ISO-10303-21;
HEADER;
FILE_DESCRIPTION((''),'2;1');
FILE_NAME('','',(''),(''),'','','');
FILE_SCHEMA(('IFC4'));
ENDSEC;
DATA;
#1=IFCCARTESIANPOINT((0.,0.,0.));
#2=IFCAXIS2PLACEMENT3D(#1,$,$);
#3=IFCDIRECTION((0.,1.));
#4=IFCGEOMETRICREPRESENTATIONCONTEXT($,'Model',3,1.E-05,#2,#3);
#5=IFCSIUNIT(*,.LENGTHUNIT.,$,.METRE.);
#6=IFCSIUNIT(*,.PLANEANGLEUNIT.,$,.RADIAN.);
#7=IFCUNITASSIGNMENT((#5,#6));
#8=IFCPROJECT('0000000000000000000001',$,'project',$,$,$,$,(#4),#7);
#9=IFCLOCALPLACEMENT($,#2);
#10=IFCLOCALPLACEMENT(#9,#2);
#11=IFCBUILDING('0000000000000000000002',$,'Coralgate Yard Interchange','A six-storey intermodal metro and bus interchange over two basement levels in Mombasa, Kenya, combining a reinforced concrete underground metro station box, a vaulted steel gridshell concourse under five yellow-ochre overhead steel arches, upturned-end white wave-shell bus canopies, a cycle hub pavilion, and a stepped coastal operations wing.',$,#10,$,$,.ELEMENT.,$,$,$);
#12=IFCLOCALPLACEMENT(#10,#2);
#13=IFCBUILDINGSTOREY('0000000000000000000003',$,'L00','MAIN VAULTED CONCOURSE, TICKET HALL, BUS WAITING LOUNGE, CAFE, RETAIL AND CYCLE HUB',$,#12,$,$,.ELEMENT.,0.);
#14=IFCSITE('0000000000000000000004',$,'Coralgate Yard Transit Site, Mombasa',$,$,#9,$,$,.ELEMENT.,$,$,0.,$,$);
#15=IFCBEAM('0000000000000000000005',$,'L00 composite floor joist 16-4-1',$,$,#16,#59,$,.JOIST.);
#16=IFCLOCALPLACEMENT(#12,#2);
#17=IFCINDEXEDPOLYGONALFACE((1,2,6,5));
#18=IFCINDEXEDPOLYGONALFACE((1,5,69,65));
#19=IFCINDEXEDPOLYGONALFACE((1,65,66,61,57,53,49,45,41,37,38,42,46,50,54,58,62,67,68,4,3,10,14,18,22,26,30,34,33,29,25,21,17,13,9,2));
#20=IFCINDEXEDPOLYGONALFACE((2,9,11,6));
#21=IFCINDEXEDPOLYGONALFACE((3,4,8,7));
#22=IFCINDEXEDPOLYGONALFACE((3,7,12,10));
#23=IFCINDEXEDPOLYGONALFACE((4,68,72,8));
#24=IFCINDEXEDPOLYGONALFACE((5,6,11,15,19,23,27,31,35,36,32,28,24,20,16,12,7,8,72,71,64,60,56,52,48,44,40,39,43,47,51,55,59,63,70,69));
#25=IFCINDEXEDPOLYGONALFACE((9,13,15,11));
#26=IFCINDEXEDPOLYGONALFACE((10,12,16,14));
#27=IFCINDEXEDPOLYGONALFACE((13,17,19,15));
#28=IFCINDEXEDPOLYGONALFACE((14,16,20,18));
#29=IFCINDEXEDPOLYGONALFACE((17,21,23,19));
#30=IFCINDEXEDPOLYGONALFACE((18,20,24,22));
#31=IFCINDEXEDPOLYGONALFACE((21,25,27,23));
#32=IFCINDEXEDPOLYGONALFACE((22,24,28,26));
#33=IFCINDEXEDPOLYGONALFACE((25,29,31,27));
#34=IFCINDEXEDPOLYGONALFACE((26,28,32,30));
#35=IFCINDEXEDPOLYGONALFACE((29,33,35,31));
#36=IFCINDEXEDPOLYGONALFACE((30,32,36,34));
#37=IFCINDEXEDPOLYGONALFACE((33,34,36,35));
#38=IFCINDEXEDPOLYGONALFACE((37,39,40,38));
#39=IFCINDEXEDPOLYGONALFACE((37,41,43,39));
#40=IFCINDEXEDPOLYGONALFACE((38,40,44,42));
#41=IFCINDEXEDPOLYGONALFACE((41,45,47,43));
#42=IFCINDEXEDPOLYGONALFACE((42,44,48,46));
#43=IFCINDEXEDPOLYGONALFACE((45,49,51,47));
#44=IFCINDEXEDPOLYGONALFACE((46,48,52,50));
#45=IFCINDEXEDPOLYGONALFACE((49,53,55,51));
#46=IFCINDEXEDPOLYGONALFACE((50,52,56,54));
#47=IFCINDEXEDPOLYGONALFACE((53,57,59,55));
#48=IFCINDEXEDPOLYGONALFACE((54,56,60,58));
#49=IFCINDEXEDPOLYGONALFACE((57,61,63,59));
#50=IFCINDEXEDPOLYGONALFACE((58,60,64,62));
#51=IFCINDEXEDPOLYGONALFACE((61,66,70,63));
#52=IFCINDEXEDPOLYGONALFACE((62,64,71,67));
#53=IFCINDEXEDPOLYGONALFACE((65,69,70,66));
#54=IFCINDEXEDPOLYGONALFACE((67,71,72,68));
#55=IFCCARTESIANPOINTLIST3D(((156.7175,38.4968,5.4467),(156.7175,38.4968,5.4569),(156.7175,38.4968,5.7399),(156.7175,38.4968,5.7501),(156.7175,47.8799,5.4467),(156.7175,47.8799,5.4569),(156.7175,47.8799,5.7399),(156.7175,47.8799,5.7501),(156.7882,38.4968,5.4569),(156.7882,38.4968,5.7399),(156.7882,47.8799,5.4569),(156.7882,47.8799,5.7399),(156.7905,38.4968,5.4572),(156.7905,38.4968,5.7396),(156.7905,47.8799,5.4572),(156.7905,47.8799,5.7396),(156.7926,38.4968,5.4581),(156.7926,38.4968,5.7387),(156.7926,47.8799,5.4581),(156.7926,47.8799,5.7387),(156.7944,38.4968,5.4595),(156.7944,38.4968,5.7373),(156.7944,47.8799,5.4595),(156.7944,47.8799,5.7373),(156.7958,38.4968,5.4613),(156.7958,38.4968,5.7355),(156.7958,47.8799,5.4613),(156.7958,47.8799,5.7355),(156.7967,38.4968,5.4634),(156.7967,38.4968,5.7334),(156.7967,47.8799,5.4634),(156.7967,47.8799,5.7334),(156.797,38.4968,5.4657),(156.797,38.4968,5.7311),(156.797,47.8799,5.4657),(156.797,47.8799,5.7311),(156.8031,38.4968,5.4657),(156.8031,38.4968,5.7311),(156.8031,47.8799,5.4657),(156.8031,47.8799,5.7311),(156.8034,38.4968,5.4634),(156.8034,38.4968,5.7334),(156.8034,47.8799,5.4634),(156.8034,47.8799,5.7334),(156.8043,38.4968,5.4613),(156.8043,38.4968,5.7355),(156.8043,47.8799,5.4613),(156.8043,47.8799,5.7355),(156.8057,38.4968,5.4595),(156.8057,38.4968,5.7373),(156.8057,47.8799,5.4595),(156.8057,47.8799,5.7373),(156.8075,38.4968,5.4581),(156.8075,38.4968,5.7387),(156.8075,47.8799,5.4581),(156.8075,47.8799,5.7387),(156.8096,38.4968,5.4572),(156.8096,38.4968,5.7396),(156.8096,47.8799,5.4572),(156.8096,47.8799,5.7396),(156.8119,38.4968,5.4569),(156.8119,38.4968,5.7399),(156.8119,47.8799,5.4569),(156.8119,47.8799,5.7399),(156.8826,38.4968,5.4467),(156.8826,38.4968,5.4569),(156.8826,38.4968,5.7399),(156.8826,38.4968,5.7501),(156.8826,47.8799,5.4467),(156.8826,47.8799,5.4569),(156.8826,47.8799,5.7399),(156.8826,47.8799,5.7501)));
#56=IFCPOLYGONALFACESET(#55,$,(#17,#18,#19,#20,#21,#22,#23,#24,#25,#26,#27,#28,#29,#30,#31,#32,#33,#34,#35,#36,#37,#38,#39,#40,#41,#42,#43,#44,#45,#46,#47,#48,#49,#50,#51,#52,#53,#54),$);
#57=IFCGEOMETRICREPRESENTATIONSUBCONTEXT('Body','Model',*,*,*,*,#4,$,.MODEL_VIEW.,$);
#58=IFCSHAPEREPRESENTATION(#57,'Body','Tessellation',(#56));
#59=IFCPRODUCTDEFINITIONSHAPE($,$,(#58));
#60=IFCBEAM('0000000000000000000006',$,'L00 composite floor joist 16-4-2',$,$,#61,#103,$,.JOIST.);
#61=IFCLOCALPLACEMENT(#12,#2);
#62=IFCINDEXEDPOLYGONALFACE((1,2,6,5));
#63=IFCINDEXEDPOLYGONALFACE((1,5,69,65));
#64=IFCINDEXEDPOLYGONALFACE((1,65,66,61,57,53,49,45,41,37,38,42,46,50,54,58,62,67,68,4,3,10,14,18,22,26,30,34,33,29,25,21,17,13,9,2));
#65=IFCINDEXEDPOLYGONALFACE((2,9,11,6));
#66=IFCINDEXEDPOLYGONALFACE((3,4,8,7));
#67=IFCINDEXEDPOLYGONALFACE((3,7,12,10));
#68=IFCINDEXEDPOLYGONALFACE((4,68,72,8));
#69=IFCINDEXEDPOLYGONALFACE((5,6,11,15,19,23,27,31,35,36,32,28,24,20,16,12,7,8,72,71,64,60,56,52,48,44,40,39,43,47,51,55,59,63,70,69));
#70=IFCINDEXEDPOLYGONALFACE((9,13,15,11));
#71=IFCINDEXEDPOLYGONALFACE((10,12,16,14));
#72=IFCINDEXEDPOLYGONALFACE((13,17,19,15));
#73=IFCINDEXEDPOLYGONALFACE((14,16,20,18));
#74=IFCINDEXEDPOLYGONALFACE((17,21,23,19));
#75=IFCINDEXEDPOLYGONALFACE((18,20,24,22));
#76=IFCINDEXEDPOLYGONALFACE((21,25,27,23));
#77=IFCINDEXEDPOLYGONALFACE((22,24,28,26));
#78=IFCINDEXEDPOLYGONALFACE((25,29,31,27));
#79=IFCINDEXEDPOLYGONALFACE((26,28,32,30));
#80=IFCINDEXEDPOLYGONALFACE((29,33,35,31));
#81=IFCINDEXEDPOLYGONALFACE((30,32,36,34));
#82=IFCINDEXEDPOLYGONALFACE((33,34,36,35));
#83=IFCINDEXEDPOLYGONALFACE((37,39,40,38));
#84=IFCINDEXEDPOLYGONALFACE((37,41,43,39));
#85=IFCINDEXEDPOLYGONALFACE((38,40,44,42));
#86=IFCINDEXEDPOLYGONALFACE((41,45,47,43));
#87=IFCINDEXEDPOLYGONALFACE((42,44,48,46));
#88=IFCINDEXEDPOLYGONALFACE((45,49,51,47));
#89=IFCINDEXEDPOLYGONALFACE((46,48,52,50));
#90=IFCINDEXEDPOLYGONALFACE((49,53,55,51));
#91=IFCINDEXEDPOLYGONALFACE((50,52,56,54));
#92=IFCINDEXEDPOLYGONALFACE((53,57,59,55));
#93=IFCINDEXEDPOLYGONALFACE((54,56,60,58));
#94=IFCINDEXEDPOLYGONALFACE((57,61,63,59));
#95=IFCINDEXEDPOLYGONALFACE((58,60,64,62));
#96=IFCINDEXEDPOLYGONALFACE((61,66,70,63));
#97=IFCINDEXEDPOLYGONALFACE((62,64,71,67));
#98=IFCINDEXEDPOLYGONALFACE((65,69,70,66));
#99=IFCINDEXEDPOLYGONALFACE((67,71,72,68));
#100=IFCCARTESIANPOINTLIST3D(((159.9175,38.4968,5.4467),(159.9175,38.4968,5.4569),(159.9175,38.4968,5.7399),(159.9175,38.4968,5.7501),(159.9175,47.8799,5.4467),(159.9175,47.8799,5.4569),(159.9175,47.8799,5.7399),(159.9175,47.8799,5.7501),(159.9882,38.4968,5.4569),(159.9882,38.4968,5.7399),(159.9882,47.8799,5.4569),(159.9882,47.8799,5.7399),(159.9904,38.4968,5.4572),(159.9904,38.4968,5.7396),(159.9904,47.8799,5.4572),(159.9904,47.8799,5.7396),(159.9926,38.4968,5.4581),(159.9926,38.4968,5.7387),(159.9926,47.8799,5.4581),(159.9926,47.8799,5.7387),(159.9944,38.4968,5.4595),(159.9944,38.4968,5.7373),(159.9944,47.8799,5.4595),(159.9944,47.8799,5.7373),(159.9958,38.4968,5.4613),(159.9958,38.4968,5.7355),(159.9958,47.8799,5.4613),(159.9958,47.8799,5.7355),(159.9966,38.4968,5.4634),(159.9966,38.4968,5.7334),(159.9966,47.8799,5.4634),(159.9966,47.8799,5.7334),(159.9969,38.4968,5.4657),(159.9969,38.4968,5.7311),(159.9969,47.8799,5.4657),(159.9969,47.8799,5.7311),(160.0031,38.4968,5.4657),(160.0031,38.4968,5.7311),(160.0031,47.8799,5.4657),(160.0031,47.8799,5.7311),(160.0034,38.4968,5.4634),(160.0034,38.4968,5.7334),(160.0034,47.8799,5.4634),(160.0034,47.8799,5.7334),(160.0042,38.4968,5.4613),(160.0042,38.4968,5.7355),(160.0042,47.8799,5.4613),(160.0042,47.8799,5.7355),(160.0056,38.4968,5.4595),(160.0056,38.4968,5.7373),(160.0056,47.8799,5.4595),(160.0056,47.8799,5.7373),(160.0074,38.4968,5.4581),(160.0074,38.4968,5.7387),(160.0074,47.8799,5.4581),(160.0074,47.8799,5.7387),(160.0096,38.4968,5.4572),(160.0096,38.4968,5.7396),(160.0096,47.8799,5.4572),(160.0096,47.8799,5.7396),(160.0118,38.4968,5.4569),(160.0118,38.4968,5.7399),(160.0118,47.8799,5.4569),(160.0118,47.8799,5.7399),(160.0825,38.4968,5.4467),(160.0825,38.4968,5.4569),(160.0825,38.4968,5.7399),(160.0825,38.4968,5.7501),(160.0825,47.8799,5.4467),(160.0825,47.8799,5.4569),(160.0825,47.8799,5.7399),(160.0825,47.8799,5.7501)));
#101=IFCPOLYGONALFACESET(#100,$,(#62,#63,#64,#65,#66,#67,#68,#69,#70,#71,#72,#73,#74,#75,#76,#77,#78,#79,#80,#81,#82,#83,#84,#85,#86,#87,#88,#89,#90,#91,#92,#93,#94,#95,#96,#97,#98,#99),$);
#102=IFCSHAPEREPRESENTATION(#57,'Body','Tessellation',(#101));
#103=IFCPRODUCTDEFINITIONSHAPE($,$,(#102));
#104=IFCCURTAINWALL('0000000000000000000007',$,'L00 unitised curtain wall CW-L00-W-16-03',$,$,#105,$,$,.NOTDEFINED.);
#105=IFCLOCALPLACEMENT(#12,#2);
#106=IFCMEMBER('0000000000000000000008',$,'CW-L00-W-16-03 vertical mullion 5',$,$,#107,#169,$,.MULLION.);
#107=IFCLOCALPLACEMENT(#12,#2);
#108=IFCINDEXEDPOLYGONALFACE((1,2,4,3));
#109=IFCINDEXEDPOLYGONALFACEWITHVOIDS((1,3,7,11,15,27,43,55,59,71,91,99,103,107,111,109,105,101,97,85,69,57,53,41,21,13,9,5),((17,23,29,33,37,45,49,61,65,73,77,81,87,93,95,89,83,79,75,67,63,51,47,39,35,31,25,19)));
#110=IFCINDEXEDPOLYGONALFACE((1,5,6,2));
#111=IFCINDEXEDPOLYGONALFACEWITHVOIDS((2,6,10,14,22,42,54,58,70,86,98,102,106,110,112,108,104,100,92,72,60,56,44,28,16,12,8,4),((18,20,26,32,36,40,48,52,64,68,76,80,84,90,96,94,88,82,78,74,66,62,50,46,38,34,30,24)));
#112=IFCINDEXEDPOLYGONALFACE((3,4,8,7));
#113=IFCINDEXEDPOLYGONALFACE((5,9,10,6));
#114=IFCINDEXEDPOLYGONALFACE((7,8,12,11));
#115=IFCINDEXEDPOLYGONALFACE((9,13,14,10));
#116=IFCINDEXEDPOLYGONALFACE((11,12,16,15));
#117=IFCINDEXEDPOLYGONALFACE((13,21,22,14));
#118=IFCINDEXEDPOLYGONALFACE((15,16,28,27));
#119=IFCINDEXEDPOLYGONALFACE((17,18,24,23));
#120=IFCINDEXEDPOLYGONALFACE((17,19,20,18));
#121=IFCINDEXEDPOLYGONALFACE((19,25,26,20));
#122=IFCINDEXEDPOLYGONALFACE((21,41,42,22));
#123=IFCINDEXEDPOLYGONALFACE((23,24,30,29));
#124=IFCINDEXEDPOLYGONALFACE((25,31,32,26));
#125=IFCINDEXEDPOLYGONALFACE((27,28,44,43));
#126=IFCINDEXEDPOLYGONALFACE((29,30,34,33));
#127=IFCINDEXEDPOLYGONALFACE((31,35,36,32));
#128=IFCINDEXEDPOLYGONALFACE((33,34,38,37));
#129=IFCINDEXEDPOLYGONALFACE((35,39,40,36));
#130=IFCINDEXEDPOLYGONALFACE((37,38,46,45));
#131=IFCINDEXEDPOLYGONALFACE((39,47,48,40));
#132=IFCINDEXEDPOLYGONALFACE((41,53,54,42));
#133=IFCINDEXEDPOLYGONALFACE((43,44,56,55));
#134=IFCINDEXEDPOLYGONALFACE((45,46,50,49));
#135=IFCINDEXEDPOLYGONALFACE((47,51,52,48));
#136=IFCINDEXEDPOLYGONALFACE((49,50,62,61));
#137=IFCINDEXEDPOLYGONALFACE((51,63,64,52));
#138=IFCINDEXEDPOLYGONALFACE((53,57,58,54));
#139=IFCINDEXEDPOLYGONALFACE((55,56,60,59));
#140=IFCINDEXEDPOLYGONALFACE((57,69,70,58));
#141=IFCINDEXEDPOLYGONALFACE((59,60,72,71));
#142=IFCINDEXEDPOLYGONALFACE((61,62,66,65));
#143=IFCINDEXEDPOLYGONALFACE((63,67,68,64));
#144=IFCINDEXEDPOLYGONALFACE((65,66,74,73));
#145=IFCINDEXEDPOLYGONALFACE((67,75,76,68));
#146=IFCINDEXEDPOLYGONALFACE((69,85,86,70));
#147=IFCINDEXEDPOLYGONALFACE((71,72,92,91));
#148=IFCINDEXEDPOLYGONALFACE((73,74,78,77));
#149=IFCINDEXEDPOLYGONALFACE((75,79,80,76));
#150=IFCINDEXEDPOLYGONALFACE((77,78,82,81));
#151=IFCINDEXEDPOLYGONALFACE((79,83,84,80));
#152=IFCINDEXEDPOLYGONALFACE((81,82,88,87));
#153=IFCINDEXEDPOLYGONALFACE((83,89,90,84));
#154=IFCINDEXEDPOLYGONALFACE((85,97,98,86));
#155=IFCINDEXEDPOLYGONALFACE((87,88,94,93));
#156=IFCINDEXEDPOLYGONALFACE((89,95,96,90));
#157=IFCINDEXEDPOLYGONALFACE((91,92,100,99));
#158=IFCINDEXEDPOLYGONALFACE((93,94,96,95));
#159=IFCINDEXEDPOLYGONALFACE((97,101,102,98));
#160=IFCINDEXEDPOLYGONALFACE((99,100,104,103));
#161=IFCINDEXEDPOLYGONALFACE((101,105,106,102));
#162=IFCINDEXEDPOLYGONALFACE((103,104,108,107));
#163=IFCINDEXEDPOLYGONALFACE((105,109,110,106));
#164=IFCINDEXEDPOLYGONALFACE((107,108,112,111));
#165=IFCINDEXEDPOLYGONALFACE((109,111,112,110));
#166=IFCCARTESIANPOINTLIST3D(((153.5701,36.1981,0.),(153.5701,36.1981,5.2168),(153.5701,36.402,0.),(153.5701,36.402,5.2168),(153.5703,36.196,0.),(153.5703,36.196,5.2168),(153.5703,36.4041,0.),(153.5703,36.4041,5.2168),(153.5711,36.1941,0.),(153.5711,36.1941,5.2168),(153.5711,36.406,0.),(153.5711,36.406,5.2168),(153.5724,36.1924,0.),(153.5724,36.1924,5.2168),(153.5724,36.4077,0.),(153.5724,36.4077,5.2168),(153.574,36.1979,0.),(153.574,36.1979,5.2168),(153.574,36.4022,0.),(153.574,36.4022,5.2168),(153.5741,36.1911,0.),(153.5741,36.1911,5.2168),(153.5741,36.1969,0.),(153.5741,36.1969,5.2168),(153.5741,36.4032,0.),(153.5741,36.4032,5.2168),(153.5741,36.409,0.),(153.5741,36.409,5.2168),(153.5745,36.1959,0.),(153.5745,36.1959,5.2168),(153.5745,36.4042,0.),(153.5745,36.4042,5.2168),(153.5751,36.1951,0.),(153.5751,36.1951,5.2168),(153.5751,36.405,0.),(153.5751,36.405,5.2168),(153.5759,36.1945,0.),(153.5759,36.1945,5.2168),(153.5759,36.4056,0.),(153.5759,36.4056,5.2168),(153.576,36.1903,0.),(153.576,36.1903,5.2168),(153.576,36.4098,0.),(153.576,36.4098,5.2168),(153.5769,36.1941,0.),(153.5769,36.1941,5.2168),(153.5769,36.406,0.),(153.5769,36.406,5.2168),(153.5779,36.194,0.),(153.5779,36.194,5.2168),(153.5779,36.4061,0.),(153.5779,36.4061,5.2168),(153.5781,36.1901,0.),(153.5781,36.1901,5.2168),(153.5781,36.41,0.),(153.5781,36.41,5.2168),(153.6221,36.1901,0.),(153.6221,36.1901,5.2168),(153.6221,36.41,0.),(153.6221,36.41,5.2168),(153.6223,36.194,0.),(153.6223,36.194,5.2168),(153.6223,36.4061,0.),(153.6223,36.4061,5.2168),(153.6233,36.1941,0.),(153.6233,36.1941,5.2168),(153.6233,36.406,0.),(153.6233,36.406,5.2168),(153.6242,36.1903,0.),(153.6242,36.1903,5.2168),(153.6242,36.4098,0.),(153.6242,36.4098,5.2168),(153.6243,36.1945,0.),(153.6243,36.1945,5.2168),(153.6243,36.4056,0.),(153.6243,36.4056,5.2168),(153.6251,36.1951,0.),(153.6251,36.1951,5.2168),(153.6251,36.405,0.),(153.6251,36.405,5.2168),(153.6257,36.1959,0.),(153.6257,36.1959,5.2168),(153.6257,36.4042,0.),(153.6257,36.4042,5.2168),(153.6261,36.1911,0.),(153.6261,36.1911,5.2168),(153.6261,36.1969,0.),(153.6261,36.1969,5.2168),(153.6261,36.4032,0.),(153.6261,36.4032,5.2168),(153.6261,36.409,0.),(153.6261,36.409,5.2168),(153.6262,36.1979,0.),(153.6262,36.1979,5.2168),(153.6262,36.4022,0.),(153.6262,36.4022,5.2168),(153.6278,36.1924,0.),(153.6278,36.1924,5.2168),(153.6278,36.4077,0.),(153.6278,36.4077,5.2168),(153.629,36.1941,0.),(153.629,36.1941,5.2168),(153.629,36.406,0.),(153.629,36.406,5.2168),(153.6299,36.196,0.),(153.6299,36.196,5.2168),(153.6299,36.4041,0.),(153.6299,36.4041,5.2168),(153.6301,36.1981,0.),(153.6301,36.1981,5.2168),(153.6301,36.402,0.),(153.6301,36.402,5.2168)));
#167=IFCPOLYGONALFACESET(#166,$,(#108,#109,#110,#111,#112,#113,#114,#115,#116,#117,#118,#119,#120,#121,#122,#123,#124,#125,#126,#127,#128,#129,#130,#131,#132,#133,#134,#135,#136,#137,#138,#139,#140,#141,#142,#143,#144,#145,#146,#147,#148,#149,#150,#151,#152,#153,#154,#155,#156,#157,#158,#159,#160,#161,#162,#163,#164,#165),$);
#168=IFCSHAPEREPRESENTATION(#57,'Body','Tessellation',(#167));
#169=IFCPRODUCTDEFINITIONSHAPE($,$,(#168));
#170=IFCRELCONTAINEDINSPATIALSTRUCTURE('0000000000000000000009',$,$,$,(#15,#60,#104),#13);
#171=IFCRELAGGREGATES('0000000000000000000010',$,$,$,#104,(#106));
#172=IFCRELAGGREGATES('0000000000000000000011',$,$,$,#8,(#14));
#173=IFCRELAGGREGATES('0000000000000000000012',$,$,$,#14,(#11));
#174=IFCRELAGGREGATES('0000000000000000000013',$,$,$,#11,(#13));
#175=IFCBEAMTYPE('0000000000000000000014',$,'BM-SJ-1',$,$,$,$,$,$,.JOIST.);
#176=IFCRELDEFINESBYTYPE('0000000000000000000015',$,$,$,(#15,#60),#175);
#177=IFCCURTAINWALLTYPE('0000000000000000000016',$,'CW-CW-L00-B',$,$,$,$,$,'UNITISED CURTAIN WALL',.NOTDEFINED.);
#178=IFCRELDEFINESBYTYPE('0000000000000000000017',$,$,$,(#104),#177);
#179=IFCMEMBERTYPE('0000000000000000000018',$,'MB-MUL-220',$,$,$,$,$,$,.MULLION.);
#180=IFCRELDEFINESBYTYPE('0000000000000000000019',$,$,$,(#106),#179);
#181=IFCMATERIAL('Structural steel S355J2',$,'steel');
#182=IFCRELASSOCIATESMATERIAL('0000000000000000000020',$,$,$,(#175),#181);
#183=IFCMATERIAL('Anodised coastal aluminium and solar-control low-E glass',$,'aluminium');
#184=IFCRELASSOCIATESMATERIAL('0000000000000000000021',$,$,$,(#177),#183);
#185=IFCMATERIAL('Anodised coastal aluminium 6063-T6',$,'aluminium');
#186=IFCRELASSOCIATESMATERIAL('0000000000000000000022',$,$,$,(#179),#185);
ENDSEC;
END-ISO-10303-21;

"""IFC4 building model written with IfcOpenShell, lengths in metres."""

from ifc_helpers import new_model, si_unit, direction, frame, origin, origin_2d, place, context, subcontext, project, spatial, hollow_rectangle, i_section, extrude, material, material_profile, profile_set, type_object, element, aggregate, save


model = new_model("IFC4")

# Units and contexts
model_context = context("Model", 3, precision=1e-05, world=origin(), true_north=direction((0.0, 1.0)))
body_context = subcontext(model_context, "Body", "Model", "MODEL_VIEW")
ifc_project = project(units=[si_unit("LENGTHUNIT", "METRE"), si_unit("PLANEANGLEUNIT", "RADIAN")], contexts=[model_context])

# Site, building, storey
site_placement = place(None, origin())
site = spatial("IfcSite", under=ifc_project, at=site_placement, Name="Coralgate Yard Transit Site, Mombasa", CompositionType="ELEMENT", RefElevation=0.0)
building_placement = place(site_placement, origin())
building = spatial("IfcBuilding", under=site, at=building_placement, Name="Coralgate Yard Interchange", Description="A six-storey intermodal metro and bus interchange over two basement levels in Mombasa, Kenya, combining a reinforced concrete underground metro station box, a vaulted steel gridshell concourse under five yellow-ochre overhead steel arches, upturned-end white wave-shell bus canopies, a cycle hub pavilion, and a stepped coastal operations wing.", CompositionType="ELEMENT")
storey_placement = place(building_placement, origin())
storey = spatial("IfcBuildingStorey", under=building, at=storey_placement, Name="L00", Description="MAIN VAULTED CONCOURSE, TICKET HALL, BUS WAITING LOUNGE, CAFE, RETAIL AND CYCLE HUB", CompositionType="ELEMENT", Elevation=0.0)

# Shared definitions
ifc_material_1 = material(Name="Structural steel S355J2", Category="steel")

# Beams
ifc_material_profile_1 = material_profile(ifc_material_1, i_section(OverallWidth=0.165, OverallDepth=0.3035, WebThickness=0.0061, FlangeThickness=0.0103, FilletRadius=0.0088, at=origin_2d()), Name="UB 305x165x40")
ifc_profile_set_1 = profile_set([ifc_material_profile_1], Name="Structural steel S355J2")
beam_type_1 = type_object("IfcBeamType", Name="BM-SJ-1", PredefinedType="JOIST", material=ifc_profile_set_1)
for number, where, z_axis, x_axis, name in (
    (1, (156.8, 38.4968, 5.5984), (0.0, 1.0, 0.0), (-1.0, 0.0, 0.0), "L00 composite floor joist 16-4-1"),
    (2, (160.0, 38.4968, 5.5984), (0.0, 1.0, 0.0), (-1.0, 0.0, 0.0), "L00 composite floor joist 16-4-2"),
):
    element("IfcBeam", number, at=place(storey_placement, frame(where, z_axis=z_axis, x_axis=x_axis)), inside=storey, type_object=beam_type_1, Name=name, PredefinedType="JOIST", context=body_context, shape_type="SweptSolid", body=[
        extrude(i_section(OverallWidth=0.165, OverallDepth=0.3035, WebThickness=0.0061, FlangeThickness=0.0103, FilletRadius=0.0088, at=origin_2d()), origin(), (0.0, 0.0, 1.0), 9.3831),
    ])

# Curtain wall, member
ifc_material_2 = material(Name="Anodised coastal aluminium and solar-control low-E glass", Category="aluminium")
curtain_wall_type = type_object("IfcCurtainWallType", Name="CW-CW-L00-B", ElementType="UNITISED CURTAIN WALL", PredefinedType="NOTDEFINED", material=ifc_material_2)
curtain_wall_placement = place(storey_placement, origin())
curtain_wall = element("IfcCurtainWall", 3, at=curtain_wall_placement, inside=storey, type_object=curtain_wall_type, Name="L00 unitised curtain wall CW-L00-W-16-03", PredefinedType="NOTDEFINED")
ifc_material_3 = material(Name="Anodised coastal aluminium 6063-T6", Category="aluminium")
ifc_material_profile_2 = material_profile(ifc_material_3, hollow_rectangle(XDim=0.0601, YDim=0.22, WallThickness=0.0039, InnerFilletRadius=0.0039, OuterFilletRadius=0.0081, at=origin_2d()), Name="ALU 60x220x4")
ifc_profile_set_2 = profile_set([ifc_material_profile_2], Name="Anodised coastal aluminium 6063-T6")
member_type_1 = type_object("IfcMemberType", Name="MB-MUL-220", PredefinedType="MULLION", material=ifc_profile_set_2)
member_1_placement = place(storey_placement, frame((153.6001, 36.3, 0.0), z_axis=(0.0, 0.0, 1.0), x_axis=(1.0, 0.0, 0.0)))
member_1 = element("IfcMember", 4, at=member_1_placement, type_object=member_type_1, Name="CW-L00-W-16-03 vertical mullion 5", PredefinedType="MULLION", context=body_context, shape_type="SweptSolid", body=[
    extrude(hollow_rectangle(XDim=0.0601, YDim=0.22, WallThickness=0.0039, InnerFilletRadius=0.0039, OuterFilletRadius=0.0081, at=origin_2d()), origin(), (0.0, 0.0, 1.0), 5.2168),
])
aggregate(curtain_wall, [member_1])

save(model, "model.ifc")
